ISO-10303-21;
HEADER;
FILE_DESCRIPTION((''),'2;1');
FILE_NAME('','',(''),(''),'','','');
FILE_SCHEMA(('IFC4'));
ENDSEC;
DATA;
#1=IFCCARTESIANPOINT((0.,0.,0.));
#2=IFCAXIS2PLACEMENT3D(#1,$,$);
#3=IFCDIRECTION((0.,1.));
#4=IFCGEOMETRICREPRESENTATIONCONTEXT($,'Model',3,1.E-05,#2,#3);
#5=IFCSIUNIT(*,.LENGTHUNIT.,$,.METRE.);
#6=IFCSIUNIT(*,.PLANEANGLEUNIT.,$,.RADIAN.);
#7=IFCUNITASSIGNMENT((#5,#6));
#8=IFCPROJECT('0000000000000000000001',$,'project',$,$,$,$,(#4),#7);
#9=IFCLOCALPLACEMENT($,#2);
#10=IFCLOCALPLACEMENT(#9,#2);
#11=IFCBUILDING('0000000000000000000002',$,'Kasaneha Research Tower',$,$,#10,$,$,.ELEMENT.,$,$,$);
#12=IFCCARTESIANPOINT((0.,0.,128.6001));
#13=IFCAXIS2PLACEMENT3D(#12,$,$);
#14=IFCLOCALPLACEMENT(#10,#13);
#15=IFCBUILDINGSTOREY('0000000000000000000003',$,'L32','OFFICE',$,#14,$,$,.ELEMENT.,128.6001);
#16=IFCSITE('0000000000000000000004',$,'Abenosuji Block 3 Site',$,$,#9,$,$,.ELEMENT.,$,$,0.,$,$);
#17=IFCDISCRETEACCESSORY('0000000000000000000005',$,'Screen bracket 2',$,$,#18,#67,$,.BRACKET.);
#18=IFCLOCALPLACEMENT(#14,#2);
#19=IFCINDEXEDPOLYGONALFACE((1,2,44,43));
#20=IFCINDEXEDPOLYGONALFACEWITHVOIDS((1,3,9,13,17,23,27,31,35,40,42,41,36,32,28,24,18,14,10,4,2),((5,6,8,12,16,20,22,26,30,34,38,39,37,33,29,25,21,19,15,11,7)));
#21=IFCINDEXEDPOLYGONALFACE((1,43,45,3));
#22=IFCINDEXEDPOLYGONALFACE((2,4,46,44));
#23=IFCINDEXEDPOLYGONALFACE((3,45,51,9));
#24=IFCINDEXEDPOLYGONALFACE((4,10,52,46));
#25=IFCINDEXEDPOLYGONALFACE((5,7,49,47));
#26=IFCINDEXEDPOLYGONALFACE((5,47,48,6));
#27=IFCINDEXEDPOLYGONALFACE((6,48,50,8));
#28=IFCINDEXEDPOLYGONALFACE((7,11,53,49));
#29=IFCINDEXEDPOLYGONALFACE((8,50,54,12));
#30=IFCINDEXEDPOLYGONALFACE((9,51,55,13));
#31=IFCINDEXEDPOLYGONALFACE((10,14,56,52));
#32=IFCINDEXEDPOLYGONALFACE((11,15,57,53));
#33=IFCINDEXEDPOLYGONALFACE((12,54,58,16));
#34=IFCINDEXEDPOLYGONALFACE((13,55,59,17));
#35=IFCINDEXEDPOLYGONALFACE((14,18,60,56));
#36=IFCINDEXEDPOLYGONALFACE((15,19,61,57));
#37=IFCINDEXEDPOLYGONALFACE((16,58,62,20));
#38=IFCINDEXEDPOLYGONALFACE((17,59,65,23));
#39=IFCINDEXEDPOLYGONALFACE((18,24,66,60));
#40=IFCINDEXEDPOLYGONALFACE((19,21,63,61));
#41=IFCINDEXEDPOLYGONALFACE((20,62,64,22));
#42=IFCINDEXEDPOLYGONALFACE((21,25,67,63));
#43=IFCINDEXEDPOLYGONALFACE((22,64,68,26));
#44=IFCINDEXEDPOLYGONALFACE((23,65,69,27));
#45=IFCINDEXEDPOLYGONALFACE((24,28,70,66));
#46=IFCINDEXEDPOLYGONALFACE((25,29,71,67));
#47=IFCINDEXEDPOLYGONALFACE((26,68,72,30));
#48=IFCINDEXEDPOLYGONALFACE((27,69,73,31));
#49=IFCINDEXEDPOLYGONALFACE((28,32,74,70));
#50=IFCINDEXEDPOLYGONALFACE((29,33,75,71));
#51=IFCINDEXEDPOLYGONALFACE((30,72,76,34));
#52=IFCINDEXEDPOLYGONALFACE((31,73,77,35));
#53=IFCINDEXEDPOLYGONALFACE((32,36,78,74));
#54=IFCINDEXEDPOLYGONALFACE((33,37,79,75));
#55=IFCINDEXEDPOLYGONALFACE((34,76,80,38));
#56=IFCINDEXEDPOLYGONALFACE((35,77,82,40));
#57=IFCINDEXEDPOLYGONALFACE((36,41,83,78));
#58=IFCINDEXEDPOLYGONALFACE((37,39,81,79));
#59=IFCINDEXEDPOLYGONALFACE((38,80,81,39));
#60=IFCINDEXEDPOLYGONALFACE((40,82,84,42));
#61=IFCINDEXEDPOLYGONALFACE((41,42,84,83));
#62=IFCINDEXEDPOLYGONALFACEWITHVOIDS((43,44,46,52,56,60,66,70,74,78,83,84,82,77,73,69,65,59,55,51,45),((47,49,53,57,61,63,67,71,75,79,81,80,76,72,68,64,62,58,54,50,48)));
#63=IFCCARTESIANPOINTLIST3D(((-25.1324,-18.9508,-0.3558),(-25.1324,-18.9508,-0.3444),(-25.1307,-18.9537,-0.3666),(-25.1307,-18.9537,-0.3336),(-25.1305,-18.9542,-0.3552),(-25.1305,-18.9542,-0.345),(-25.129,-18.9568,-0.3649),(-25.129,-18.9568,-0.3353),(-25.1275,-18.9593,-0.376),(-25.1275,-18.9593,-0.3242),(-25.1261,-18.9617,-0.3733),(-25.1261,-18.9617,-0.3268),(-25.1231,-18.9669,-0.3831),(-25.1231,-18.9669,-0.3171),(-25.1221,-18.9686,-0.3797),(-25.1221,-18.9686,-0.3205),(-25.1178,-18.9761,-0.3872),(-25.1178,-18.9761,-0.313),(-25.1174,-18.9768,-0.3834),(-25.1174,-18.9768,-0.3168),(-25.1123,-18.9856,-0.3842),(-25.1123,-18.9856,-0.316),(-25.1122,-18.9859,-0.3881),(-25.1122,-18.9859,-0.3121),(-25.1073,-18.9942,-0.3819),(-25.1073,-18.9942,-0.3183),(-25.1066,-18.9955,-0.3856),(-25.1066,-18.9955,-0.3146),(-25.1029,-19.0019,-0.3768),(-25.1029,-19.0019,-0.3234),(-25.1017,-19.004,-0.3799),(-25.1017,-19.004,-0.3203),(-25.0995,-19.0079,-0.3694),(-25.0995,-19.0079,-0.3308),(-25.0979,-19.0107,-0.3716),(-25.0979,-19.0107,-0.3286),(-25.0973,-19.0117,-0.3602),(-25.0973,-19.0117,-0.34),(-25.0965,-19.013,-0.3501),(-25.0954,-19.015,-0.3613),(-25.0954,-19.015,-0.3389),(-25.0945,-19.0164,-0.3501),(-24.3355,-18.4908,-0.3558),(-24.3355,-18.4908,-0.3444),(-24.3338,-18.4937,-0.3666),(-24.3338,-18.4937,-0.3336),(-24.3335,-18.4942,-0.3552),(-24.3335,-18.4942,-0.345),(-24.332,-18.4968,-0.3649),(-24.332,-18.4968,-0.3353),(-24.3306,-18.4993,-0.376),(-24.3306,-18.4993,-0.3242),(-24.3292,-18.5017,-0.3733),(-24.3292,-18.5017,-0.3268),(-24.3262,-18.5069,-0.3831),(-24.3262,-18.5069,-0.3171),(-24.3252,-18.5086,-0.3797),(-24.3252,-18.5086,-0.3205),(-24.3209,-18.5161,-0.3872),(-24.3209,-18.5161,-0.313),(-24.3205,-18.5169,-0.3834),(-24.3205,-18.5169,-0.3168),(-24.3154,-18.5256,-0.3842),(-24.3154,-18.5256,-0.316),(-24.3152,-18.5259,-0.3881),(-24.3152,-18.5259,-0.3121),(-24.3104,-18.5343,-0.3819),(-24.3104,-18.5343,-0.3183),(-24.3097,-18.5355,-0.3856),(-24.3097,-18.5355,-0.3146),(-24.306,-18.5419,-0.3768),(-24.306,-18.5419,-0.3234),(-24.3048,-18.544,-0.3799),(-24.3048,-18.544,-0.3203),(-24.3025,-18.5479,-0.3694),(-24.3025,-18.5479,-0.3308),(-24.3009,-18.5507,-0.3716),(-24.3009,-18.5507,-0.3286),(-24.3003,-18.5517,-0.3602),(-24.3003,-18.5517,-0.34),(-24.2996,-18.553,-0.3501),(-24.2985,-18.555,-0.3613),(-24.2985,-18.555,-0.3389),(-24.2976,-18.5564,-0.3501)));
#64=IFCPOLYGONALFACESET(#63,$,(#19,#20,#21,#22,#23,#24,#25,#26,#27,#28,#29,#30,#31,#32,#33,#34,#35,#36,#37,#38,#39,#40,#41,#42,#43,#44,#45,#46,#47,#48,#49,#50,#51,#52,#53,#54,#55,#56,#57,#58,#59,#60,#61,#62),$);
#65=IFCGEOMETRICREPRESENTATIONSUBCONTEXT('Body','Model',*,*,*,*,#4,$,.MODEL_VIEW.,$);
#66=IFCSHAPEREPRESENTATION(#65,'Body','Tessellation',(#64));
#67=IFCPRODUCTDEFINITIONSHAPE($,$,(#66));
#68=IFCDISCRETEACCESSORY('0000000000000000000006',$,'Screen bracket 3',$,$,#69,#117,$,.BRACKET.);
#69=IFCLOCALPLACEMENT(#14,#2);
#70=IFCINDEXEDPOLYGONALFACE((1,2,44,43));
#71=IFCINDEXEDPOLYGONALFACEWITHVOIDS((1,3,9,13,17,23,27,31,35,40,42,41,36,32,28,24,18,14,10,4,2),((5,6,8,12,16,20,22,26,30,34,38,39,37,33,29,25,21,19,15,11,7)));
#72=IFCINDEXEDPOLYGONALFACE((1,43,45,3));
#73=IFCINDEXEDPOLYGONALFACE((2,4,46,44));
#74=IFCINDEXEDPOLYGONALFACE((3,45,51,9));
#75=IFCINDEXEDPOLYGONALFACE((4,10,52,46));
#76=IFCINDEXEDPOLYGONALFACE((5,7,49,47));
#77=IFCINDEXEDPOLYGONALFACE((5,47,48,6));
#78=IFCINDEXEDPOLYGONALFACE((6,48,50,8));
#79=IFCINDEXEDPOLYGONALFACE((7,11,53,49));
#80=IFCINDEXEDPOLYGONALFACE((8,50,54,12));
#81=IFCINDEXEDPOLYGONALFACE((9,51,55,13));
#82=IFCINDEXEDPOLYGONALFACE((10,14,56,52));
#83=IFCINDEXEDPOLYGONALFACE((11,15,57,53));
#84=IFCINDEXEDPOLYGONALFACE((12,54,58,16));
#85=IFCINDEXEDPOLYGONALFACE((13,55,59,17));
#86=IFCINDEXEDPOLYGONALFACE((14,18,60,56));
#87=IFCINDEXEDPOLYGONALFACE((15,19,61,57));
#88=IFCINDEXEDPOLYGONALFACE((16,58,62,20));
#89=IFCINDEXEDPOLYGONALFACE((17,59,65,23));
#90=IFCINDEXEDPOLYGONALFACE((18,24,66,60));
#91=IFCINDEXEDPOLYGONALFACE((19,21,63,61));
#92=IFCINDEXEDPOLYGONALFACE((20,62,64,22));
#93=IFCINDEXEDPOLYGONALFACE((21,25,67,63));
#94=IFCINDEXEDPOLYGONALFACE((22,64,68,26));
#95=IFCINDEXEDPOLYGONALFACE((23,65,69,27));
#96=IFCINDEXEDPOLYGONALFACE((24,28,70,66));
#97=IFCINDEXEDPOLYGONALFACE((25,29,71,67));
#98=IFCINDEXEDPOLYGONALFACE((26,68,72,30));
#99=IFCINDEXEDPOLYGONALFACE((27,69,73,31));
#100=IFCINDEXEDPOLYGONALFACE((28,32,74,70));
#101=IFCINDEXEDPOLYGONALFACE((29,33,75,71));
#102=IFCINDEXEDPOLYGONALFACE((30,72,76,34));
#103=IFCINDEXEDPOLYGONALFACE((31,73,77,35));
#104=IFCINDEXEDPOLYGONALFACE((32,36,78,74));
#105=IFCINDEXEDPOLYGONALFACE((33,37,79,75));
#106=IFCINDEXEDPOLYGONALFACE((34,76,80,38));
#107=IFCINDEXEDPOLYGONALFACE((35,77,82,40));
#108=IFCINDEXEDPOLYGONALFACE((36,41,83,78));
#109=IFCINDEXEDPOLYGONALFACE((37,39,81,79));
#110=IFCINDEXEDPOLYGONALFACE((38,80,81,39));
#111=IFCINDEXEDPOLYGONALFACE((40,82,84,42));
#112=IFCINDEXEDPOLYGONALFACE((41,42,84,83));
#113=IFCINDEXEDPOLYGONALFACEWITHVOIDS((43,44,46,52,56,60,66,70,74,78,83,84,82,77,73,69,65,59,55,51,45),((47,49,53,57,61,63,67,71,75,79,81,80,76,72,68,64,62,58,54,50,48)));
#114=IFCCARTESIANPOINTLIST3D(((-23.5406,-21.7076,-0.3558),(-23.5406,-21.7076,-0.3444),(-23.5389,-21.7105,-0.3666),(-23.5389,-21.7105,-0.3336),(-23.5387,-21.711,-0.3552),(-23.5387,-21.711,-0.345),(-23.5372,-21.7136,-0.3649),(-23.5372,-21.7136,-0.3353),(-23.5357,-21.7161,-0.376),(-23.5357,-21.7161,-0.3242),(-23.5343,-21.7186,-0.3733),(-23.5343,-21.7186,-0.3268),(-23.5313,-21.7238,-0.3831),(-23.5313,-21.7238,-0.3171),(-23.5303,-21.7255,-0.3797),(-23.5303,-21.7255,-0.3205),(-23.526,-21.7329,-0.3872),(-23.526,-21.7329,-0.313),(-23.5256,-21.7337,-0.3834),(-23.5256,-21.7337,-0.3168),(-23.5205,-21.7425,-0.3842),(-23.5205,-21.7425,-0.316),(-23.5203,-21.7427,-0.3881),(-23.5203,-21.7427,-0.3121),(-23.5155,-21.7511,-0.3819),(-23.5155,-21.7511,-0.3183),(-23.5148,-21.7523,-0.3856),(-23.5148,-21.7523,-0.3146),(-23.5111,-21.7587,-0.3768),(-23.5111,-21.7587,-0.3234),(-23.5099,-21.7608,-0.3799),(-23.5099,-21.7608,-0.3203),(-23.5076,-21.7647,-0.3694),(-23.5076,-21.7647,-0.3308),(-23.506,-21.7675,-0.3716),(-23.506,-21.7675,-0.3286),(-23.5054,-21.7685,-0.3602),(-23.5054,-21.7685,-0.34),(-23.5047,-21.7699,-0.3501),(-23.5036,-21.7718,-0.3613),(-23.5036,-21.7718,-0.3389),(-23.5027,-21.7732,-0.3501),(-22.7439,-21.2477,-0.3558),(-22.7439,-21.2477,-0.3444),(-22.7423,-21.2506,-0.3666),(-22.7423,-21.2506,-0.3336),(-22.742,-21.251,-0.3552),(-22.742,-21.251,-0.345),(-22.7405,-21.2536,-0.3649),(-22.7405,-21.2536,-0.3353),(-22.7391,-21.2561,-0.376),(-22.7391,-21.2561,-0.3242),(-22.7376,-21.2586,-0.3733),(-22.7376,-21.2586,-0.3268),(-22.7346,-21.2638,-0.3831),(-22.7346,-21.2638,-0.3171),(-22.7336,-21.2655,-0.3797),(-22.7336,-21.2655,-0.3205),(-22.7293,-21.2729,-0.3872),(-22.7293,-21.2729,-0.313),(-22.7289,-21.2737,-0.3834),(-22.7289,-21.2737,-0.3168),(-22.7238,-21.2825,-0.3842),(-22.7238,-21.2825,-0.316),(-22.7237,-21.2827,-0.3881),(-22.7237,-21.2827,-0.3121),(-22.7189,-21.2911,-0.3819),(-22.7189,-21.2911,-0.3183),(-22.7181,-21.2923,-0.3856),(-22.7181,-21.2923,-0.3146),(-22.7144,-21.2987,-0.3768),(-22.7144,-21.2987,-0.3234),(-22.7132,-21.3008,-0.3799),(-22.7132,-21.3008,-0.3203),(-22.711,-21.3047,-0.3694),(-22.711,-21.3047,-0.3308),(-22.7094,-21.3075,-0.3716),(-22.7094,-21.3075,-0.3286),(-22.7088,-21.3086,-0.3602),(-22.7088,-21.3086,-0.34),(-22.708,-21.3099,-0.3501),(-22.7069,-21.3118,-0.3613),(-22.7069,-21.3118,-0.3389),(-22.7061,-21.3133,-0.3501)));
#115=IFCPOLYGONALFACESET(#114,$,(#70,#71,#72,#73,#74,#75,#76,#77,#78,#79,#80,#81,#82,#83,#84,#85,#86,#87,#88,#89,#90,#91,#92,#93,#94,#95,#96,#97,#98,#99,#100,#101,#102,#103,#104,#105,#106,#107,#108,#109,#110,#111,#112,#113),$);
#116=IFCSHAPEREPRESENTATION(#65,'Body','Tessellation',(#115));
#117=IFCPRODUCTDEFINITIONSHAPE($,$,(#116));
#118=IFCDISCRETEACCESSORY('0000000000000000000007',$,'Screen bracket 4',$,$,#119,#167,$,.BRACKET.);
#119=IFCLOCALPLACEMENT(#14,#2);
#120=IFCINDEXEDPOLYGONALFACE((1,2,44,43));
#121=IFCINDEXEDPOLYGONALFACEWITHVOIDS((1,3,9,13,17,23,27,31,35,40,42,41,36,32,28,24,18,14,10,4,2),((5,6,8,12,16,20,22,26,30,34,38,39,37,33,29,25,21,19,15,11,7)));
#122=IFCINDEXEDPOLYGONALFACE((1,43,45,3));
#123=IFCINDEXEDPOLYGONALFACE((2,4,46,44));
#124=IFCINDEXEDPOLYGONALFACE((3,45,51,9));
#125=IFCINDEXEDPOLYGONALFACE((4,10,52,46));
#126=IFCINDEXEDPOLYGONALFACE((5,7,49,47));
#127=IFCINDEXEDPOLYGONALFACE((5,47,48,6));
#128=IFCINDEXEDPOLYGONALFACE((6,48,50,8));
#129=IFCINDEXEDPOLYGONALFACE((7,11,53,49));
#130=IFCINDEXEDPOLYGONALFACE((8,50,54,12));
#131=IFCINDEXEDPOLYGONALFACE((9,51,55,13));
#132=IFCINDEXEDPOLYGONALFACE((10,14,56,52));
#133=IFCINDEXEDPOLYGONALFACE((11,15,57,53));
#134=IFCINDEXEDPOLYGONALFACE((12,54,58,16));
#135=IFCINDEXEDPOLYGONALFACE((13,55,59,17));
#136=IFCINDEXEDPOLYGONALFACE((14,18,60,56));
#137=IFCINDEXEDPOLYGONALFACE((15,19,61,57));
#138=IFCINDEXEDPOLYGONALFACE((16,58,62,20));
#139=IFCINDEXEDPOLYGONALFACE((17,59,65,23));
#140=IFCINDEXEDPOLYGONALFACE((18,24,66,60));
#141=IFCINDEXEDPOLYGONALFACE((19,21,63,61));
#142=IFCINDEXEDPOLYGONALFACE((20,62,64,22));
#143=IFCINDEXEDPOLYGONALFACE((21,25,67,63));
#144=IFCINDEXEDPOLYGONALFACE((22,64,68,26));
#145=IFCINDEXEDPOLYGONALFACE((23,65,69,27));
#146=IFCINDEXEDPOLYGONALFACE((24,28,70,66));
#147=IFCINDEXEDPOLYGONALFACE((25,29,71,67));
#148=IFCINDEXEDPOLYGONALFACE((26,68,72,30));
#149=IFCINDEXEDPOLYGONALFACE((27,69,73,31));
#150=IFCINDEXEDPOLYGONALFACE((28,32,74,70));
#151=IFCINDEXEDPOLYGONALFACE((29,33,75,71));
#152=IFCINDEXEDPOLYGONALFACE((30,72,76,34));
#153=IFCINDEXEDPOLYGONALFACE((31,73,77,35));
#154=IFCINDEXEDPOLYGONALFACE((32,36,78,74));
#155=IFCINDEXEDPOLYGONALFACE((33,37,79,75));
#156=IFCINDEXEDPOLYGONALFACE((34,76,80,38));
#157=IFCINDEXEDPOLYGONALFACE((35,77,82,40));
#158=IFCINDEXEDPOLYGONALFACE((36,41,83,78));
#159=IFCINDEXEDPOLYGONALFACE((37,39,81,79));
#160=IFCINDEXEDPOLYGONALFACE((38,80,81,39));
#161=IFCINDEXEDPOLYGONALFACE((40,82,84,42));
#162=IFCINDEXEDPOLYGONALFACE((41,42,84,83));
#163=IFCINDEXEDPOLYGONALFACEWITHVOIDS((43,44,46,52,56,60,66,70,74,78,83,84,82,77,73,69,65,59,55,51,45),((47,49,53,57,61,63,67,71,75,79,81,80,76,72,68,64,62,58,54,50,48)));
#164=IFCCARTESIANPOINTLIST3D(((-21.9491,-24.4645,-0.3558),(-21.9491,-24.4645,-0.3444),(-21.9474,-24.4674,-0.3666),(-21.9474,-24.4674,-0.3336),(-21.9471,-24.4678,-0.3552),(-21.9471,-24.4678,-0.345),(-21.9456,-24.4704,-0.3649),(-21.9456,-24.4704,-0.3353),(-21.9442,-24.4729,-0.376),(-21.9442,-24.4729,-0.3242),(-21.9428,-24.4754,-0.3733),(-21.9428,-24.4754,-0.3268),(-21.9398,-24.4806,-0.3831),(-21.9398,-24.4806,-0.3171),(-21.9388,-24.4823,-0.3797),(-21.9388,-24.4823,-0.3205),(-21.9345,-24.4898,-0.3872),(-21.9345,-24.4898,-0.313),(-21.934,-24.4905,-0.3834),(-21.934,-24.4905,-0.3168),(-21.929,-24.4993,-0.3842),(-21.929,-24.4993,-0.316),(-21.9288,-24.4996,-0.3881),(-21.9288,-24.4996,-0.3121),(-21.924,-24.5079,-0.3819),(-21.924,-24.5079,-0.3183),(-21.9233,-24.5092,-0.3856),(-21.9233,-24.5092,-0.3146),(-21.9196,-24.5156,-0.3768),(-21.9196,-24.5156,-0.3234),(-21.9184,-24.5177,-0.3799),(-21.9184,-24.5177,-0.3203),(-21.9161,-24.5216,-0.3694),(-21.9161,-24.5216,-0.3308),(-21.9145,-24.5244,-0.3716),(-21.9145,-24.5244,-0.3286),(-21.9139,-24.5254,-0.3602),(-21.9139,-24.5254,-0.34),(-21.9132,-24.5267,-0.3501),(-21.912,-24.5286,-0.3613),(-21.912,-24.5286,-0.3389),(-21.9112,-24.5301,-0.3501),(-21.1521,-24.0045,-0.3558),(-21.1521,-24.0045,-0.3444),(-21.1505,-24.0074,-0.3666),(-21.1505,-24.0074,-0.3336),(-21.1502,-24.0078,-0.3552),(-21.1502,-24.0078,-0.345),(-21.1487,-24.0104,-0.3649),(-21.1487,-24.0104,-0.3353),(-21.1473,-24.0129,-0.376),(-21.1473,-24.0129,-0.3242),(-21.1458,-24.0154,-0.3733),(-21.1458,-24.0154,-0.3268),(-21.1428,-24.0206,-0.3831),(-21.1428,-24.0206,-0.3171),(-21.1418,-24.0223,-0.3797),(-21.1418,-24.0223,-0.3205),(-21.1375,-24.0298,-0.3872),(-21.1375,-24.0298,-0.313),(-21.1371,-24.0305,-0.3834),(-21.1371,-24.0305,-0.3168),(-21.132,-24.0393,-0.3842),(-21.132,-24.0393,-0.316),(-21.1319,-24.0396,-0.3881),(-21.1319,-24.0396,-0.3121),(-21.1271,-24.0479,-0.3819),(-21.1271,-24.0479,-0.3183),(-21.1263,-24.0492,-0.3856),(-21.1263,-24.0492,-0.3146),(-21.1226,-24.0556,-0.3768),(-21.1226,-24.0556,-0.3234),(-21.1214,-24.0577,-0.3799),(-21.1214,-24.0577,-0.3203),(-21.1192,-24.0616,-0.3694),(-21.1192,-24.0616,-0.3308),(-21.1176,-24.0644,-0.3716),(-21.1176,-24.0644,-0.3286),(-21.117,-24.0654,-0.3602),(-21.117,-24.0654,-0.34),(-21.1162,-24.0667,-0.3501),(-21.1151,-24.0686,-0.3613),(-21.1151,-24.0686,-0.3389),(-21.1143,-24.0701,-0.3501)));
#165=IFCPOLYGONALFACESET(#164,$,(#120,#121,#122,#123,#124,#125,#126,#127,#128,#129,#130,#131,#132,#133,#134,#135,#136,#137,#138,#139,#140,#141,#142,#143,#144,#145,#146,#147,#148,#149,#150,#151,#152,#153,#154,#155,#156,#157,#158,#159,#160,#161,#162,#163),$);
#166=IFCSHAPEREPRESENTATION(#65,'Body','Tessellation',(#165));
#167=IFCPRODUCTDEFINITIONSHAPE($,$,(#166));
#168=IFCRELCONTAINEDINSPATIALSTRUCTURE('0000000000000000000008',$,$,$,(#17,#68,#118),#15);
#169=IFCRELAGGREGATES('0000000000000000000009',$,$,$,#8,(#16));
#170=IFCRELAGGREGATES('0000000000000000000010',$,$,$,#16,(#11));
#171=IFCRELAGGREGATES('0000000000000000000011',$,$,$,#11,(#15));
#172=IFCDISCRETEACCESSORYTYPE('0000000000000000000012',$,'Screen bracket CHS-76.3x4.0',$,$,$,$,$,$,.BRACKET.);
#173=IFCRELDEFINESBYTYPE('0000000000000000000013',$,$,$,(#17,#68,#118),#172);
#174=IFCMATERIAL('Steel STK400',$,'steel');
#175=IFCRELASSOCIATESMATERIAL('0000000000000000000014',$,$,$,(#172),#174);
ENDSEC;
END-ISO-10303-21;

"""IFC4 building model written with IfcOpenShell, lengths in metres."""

from ifc_helpers import new_model, si_unit, direction, frame, origin, origin_2d, place, context, subcontext, project, spatial, hollow_circle, extrude, material, material_profile, profile_set, type_object, element, save


model = new_model("IFC4")

# Units and contexts
model_context = context("Model", 3, precision=1e-05, world=origin(), true_north=direction((0.0, 1.0)))
body_context = subcontext(model_context, "Body", "Model", "MODEL_VIEW")
ifc_project = project(units=[si_unit("LENGTHUNIT", "METRE"), si_unit("PLANEANGLEUNIT", "RADIAN")], contexts=[model_context])

# Site, building, storey
site_placement = place(None, origin())
site = spatial("IfcSite", under=ifc_project, at=site_placement, Name="Abenosuji Block 3 Site", CompositionType="ELEMENT", RefElevation=0.0)
building_placement = place(site_placement, origin())
building = spatial("IfcBuilding", under=site, at=building_placement, Name="Kasaneha Research Tower", CompositionType="ELEMENT")
storey_placement = place(building_placement, frame((0.0, 0.0, 128.6001)))
storey = spatial("IfcBuildingStorey", under=building, at=storey_placement, Name="L32", Description="OFFICE", CompositionType="ELEMENT", Elevation=128.6001)

# Discrete accessories
ifc_material_1 = material(Name="Steel STK400", Category="steel")
ifc_material_profile_1 = material_profile(ifc_material_1, hollow_circle(Radius=0.0381, WallThickness=0.0039, at=origin_2d()), Name="CHS-76.3x4.0")
ifc_profile_set_1 = profile_set([ifc_material_profile_1], Name="Steel STK400")
discrete_accessory_type = type_object("IfcDiscreteAccessoryType", Name="Screen bracket CHS-76.3x4.0", PredefinedType="BRACKET", material=ifc_profile_set_1)
discrete_accessory_1_placement = place(storey_placement, frame((-24.3167, -18.5234, -0.3501), z_axis=(-0.86608, -0.499906, 0.0), x_axis=(0.499906, -0.86608, 0.0)))
element("IfcDiscreteAccessory", 1, at=discrete_accessory_1_placement, inside=storey, type_object=discrete_accessory_type, Name="Screen bracket 2", PredefinedType="BRACKET", context=body_context, shape_type="SweptSolid", body=[
    extrude(hollow_circle(Radius=0.0381, WallThickness=0.0039, at=origin_2d()), origin(), (0.0, 0.0, 1.0), 0.9202),
])
discrete_accessory_2_placement = place(storey_placement, frame((-22.7251, -21.2803, -0.3501), z_axis=(-0.866013, -0.500021, 0.0), x_axis=(0.500021, -0.866013, 0.0)))
element("IfcDiscreteAccessory", 2, at=discrete_accessory_2_placement, inside=storey, type_object=discrete_accessory_type, Name="Screen bracket 3", PredefinedType="BRACKET", context=body_context, shape_type="SweptSolid", body=[
    extrude(hollow_circle(Radius=0.0381, WallThickness=0.0039, at=origin_2d()), origin(), (0.0, 0.0, 1.0), 0.9199),
])
discrete_accessory_3_placement = place(storey_placement, frame((-21.1333, -24.0371, -0.3501), z_axis=(-0.86608, -0.499906, 0.0), x_axis=(0.499906, -0.86608, 0.0)))
element("IfcDiscreteAccessory", 3, at=discrete_accessory_3_placement, inside=storey, type_object=discrete_accessory_type, Name="Screen bracket 4", PredefinedType="BRACKET", context=body_context, shape_type="SweptSolid", body=[
    extrude(hollow_circle(Radius=0.0381, WallThickness=0.0039, at=origin_2d()), origin(), (0.0, 0.0, 1.0), 0.9202),
])

save(model, "model.ifc")
